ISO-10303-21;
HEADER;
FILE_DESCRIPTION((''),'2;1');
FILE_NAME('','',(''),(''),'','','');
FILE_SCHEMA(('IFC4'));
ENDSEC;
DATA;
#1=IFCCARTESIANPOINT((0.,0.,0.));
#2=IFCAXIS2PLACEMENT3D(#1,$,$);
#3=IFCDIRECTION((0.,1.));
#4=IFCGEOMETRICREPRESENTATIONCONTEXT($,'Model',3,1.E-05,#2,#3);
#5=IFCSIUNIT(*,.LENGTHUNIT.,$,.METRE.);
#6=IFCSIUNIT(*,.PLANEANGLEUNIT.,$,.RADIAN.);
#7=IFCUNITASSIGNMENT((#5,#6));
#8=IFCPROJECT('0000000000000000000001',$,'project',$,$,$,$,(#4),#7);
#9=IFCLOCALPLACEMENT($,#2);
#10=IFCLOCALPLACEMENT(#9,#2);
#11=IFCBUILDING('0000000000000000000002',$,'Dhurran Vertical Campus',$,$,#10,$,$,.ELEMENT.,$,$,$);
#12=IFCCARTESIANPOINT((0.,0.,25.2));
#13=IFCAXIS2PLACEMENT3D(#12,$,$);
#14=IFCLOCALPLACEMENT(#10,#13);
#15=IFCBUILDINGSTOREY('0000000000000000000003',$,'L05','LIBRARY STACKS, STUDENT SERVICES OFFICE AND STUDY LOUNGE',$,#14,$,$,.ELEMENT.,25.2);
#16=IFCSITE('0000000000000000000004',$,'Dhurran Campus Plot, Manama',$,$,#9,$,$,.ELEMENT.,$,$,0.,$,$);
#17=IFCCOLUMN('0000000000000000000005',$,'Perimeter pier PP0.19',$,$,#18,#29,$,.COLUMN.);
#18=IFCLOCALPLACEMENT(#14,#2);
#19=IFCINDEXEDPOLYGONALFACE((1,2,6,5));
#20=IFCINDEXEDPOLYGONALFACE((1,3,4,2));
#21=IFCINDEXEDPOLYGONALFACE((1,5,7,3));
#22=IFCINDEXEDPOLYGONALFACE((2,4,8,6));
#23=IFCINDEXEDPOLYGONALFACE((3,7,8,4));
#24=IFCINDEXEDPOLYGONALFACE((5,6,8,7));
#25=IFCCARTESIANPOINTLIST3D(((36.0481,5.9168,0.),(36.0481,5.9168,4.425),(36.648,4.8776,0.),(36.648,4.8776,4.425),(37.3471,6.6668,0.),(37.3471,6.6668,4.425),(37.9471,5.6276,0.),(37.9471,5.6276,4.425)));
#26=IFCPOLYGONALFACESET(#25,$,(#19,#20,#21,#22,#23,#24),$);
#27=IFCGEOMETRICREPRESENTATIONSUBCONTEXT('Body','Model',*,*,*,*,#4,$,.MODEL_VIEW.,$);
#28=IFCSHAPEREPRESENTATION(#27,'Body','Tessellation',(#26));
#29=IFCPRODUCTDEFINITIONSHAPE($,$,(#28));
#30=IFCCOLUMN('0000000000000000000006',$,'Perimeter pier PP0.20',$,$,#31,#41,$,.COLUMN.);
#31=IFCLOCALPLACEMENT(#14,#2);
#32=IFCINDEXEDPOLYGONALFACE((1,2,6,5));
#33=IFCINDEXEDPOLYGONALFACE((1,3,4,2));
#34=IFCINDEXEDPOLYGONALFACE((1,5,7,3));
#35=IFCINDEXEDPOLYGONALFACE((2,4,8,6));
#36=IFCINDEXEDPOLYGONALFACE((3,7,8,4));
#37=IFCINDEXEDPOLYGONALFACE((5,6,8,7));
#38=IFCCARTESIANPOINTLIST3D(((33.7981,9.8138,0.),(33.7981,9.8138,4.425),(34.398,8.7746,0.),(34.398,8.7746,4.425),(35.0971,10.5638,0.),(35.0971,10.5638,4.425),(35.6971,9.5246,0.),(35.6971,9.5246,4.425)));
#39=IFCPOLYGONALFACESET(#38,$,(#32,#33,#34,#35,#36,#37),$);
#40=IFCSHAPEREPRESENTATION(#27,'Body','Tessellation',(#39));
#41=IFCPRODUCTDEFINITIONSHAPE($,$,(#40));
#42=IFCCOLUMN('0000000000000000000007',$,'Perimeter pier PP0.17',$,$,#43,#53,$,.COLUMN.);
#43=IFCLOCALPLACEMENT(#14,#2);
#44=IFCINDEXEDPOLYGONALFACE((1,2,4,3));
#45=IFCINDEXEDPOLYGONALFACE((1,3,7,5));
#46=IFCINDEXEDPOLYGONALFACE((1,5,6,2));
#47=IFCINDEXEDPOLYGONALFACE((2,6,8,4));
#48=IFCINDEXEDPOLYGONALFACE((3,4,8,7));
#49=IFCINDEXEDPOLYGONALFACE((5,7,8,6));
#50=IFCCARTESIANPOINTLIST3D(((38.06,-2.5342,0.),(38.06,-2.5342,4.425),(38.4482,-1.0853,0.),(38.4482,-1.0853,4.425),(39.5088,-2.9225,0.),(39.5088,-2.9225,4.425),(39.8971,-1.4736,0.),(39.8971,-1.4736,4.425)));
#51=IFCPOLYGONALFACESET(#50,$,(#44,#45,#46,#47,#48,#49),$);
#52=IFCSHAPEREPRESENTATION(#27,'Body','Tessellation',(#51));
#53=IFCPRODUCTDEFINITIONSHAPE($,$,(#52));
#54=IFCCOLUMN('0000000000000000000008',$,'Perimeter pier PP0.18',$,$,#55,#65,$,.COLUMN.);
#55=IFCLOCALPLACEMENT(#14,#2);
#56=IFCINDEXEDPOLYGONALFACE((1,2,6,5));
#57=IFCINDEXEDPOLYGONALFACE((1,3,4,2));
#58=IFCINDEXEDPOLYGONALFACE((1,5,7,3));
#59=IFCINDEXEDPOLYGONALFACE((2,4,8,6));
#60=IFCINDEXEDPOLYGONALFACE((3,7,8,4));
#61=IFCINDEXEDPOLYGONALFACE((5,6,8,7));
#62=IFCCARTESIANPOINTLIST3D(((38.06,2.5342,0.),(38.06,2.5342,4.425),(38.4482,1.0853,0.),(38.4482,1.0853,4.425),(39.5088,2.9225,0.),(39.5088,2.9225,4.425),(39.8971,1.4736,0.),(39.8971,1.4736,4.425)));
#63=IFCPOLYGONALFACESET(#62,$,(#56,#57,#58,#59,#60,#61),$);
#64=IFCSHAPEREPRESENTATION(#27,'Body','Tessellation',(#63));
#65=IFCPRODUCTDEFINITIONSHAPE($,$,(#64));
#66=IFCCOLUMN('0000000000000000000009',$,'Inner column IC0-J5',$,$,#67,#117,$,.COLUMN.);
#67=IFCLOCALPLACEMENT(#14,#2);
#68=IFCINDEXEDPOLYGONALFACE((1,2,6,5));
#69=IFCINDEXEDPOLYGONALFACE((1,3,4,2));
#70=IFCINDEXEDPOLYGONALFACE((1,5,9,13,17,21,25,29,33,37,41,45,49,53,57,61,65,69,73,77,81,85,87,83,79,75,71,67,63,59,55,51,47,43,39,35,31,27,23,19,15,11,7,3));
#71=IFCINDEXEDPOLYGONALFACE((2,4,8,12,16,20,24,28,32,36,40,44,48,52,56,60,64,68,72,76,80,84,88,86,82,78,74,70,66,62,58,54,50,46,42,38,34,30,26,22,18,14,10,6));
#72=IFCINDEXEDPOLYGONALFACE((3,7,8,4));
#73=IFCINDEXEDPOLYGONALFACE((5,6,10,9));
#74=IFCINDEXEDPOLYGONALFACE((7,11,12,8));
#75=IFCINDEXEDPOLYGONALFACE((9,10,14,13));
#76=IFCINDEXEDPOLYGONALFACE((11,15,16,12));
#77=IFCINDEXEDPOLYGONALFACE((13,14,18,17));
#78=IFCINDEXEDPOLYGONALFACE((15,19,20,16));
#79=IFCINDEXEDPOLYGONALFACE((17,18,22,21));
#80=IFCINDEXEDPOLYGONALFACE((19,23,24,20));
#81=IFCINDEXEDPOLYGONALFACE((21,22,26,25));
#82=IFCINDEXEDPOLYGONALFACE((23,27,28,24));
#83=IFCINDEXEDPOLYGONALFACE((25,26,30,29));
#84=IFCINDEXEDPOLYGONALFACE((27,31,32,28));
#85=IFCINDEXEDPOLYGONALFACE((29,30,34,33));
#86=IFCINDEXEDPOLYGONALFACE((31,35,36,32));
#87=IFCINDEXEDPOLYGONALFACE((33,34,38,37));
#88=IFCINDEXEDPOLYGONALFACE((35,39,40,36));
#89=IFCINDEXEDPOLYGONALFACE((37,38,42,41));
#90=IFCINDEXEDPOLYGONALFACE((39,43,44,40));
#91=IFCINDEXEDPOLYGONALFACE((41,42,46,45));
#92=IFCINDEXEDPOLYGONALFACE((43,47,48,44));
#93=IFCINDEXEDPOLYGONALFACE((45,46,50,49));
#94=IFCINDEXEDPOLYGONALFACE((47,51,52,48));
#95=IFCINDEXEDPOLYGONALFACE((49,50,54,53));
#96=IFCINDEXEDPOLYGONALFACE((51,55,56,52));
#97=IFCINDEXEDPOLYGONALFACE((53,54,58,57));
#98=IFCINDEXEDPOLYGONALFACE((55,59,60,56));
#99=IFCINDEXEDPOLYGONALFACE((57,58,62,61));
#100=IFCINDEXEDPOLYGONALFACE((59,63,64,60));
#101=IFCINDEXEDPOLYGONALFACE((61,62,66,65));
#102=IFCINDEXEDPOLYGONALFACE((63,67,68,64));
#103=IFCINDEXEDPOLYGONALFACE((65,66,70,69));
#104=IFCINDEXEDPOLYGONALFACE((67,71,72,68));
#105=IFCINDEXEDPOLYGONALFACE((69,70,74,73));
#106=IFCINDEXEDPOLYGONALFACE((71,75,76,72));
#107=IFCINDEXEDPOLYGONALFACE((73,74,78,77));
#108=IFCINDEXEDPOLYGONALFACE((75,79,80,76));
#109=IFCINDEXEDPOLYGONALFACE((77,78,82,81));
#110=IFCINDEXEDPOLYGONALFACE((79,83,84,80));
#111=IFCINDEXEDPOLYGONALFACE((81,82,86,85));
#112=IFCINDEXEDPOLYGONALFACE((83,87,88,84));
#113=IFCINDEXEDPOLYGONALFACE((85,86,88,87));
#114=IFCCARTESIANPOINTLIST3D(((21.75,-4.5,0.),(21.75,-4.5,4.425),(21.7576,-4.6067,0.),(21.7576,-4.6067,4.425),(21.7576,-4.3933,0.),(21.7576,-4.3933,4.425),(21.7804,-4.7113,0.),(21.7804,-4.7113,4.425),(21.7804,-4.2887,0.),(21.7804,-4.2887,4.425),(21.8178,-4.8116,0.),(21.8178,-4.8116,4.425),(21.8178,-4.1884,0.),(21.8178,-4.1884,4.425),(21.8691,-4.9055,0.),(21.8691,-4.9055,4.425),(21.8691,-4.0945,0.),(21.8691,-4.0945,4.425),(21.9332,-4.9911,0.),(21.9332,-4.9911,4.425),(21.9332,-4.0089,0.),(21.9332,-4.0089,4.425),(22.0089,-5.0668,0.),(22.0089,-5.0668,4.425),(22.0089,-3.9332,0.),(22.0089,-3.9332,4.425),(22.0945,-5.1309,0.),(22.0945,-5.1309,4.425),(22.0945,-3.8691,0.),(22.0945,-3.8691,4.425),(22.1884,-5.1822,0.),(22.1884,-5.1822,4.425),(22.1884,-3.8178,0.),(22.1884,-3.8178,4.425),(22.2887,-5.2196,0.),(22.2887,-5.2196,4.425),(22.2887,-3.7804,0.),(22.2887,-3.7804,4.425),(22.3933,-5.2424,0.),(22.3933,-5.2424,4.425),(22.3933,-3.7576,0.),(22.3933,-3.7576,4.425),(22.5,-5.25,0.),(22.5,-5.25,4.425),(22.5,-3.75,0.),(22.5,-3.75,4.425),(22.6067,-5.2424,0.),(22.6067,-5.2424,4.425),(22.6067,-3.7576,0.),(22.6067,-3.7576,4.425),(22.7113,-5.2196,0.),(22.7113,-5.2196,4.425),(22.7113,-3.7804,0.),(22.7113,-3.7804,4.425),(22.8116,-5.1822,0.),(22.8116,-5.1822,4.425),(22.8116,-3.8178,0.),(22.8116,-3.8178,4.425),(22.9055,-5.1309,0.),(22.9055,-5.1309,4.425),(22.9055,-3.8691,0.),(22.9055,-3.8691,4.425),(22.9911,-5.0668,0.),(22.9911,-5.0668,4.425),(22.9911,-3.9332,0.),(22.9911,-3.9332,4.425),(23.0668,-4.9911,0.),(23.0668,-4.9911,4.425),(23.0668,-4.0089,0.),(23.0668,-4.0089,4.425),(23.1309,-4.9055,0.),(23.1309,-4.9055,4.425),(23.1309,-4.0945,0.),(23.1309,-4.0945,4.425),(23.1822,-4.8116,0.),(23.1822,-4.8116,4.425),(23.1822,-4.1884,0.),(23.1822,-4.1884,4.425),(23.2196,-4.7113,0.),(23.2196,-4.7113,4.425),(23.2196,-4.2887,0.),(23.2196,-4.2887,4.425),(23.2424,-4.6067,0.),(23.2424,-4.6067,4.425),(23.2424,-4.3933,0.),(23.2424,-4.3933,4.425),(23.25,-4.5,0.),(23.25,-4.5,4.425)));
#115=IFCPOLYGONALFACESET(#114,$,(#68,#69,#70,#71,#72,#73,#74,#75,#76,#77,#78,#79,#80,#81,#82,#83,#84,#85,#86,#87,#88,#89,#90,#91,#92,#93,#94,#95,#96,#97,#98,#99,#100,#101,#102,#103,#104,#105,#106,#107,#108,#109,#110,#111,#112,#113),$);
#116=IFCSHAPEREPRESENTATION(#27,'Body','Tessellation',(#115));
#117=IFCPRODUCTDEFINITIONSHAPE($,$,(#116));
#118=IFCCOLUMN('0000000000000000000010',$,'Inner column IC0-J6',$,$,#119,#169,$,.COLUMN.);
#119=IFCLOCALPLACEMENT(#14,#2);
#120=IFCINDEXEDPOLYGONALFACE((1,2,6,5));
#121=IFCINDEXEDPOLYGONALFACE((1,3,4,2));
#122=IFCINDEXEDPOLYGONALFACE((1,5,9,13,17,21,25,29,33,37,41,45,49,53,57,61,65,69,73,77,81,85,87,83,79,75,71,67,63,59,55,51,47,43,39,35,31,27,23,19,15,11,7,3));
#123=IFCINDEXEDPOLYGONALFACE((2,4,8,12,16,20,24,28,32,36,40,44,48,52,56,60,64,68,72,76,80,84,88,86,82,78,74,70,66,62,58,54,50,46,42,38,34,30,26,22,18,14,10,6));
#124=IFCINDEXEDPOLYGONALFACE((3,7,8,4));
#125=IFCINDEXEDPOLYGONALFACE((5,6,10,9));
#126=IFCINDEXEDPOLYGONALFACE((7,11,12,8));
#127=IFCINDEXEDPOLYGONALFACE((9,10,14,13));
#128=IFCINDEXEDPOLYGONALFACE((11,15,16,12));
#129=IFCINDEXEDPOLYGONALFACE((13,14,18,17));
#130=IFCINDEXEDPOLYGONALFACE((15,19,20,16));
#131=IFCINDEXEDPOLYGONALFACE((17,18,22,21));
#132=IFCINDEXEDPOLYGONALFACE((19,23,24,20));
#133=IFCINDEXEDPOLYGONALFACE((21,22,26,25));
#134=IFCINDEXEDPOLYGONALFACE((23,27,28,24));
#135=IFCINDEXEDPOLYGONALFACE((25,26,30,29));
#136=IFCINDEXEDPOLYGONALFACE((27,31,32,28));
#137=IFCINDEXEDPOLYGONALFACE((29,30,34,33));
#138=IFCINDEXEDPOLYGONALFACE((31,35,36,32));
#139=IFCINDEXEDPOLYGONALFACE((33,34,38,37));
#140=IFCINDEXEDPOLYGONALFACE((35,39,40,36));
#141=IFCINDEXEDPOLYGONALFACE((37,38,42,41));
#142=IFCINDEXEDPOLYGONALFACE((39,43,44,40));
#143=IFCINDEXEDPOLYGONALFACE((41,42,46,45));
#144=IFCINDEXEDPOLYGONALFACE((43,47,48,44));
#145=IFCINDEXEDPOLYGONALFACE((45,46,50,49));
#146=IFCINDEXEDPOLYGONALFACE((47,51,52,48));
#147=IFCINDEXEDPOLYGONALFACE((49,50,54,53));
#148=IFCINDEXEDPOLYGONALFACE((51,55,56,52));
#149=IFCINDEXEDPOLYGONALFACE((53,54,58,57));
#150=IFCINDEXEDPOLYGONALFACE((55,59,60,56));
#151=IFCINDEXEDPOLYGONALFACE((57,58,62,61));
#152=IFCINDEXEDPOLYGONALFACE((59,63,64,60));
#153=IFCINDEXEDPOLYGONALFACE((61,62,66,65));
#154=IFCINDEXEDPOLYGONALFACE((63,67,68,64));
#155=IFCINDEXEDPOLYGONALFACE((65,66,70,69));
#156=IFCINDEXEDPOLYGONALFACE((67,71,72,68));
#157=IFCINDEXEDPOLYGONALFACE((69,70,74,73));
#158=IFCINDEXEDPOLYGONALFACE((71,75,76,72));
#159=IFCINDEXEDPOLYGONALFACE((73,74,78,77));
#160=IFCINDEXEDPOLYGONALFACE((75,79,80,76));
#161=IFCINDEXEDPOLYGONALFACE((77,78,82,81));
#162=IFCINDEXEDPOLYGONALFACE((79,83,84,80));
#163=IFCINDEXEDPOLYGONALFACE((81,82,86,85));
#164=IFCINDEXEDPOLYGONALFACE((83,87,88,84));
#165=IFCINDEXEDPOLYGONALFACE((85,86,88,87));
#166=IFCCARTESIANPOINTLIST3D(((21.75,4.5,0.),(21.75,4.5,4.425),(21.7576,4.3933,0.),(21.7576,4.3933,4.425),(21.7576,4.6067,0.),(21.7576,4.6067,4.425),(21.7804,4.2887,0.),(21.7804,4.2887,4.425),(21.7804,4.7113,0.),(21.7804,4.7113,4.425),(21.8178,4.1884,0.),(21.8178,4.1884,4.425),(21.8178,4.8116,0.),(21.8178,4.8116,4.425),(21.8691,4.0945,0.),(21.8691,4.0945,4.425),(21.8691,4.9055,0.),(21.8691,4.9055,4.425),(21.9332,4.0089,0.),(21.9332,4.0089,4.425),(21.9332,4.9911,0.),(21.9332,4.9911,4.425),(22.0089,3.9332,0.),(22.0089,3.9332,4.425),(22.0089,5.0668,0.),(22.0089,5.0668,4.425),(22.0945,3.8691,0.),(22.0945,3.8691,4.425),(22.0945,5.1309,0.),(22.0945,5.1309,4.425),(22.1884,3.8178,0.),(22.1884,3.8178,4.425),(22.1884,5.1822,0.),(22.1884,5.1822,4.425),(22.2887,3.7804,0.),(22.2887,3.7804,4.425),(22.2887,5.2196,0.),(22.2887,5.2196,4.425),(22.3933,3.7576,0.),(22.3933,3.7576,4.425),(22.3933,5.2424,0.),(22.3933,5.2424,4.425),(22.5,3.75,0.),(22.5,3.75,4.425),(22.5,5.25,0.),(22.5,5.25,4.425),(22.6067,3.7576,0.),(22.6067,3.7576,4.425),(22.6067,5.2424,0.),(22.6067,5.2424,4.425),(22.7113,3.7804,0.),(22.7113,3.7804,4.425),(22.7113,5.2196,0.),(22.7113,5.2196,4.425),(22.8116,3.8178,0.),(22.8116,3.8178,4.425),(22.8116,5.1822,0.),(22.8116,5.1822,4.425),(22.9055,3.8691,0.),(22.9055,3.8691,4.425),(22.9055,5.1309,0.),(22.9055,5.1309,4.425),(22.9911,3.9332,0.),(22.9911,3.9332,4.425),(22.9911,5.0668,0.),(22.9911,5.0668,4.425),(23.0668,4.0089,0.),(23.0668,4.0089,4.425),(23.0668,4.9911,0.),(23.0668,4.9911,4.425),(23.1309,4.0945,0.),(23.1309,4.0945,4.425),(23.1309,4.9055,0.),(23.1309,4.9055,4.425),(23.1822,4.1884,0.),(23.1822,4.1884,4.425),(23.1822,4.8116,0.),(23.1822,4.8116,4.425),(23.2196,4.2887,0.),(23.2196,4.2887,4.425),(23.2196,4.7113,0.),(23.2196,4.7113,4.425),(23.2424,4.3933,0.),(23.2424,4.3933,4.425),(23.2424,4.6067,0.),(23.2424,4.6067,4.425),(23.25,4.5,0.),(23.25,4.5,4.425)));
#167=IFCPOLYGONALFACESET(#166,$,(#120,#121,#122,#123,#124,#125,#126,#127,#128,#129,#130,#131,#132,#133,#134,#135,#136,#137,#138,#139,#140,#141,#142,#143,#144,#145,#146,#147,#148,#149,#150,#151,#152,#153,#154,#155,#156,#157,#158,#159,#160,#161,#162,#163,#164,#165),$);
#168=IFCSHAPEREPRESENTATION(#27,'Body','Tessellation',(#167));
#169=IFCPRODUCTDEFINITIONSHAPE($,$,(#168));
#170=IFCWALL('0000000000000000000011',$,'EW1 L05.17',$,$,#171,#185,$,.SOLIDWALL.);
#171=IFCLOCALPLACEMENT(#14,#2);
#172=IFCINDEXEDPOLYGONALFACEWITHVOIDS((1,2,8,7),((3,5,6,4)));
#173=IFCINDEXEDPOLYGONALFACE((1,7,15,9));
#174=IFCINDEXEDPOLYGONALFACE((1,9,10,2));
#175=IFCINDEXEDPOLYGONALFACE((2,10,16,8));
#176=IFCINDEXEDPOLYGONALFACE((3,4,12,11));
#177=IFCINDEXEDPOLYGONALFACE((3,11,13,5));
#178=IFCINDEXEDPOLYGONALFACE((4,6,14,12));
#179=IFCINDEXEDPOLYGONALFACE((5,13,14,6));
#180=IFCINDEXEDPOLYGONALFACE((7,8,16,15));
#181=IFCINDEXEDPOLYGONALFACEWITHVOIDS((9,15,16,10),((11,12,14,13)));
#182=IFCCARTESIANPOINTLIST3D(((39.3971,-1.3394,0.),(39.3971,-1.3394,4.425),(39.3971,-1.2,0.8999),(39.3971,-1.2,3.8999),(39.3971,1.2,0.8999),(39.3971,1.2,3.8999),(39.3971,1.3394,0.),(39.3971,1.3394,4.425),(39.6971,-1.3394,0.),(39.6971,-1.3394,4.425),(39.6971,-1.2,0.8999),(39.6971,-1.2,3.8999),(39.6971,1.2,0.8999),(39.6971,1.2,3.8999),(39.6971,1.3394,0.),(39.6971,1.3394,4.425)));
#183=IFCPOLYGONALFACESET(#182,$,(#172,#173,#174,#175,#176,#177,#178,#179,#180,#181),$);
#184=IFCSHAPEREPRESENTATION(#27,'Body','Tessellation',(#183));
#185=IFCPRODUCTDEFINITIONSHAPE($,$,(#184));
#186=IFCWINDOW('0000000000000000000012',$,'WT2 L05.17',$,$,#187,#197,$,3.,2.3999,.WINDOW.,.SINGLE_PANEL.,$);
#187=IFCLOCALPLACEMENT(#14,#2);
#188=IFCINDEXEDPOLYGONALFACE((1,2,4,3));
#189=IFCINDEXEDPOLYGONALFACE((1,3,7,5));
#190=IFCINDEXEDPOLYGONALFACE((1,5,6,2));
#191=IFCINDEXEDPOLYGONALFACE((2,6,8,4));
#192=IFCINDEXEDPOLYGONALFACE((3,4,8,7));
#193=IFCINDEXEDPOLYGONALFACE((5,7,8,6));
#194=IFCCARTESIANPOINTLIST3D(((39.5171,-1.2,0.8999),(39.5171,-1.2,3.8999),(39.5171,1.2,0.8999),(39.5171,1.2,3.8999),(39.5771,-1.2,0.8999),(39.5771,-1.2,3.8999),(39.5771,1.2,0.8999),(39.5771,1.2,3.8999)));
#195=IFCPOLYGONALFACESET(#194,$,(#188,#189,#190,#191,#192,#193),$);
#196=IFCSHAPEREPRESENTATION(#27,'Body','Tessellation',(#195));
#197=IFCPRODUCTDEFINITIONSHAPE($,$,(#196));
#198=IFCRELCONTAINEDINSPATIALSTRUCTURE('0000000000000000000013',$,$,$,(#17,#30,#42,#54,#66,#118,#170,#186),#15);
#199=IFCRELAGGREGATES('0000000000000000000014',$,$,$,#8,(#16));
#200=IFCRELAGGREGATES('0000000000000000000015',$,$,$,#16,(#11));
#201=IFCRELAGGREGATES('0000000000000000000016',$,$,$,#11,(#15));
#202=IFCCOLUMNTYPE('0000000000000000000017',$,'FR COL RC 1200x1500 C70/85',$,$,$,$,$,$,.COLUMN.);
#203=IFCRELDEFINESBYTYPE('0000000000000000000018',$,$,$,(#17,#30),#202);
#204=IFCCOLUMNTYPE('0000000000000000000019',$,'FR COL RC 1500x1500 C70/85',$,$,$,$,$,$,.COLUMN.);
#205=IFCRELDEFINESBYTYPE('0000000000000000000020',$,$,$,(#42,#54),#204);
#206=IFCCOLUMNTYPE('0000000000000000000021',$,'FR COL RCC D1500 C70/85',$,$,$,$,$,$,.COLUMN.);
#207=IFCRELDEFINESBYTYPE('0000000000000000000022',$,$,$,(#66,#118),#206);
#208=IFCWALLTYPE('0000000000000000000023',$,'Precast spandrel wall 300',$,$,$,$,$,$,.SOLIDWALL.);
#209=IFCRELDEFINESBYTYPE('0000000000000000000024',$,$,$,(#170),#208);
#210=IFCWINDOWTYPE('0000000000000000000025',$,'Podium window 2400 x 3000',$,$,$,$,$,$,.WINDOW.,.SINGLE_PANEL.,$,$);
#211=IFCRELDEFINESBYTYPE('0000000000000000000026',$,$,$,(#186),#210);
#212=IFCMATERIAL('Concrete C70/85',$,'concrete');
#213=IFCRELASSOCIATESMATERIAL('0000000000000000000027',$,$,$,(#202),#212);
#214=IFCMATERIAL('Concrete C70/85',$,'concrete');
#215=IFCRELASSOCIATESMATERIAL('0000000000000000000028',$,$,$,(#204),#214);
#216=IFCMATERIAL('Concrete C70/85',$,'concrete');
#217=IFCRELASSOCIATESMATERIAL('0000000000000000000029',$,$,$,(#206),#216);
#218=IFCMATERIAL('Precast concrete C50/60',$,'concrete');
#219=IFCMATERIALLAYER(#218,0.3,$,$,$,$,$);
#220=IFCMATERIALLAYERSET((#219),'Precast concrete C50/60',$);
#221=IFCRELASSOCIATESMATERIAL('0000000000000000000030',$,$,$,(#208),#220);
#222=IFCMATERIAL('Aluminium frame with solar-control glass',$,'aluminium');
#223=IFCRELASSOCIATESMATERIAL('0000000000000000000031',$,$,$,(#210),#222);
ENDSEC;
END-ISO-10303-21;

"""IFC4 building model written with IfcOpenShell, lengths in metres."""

from ifc_helpers import new_model, si_unit, direction, frame, frame_2d, origin, origin_2d, place, context, subcontext, project, spatial, rectangle, circle, extrude, material, layer, layer_set, material_profile, profile_set, type_object, element, fill, save


model = new_model("IFC4")

# Units and contexts
model_context = context("Model", 3, precision=1e-05, world=origin(), true_north=direction((0.0, 1.0)))
body_context = subcontext(model_context, "Body", "Model", "MODEL_VIEW")
ifc_project = project(units=[si_unit("LENGTHUNIT", "METRE"), si_unit("PLANEANGLEUNIT", "RADIAN")], contexts=[model_context])

# Site, building, storey
site_placement = place(None, origin())
site = spatial("IfcSite", under=ifc_project, at=site_placement, Name="Dhurran Campus Plot, Manama", CompositionType="ELEMENT", RefElevation=0.0)
building_placement = place(site_placement, origin())
building = spatial("IfcBuilding", under=site, at=building_placement, Name="Dhurran Vertical Campus", CompositionType="ELEMENT")
storey_placement = place(building_placement, frame((0.0, 0.0, 25.2)))
storey = spatial("IfcBuildingStorey", under=building, at=storey_placement, Name="L05", Description="LIBRARY STACKS, STUDENT SERVICES OFFICE AND STUDY LOUNGE", CompositionType="ELEMENT", Elevation=25.2)

# Columns
ifc_material_1 = material(Name="Concrete C70/85", Category="concrete")
ifc_material_profile_1 = material_profile(ifc_material_1, rectangle(XDim=1.2, YDim=1.5, at=origin_2d()), Name="RC 1200x1500")
ifc_profile_set_1 = profile_set([ifc_material_profile_1], Name="Concrete C70/85")
column_type_1 = type_object("IfcColumnType", Name="FR COL RC 1200x1500 C70/85", PredefinedType="COLUMN", material=ifc_profile_set_1)
for number, where, z_axis, x_axis, name in (
    (1, (36.9976, 5.7722, 0.0), (0.0, 0.0, 1.0), (-0.5, 0.866025, 0.0), "Perimeter pier PP0.19"),
    (2, (34.7476, 9.6692, 0.0), (0.0, 0.0, 1.0), (-0.5, 0.866025, 0.0), "Perimeter pier PP0.20"),
):
    element("IfcColumn", number, at=place(storey_placement, frame(where, z_axis=z_axis, x_axis=x_axis)), inside=storey, type_object=column_type_1, Name=name, PredefinedType="COLUMN", context=body_context, shape_type="SweptSolid", body=[
        extrude(rectangle(XDim=1.2, YDim=1.5, at=origin_2d()), origin(), (0.0, 0.0, 1.0), 4.425),
    ])
ifc_material_2 = material(Name="Concrete C70/85", Category="concrete")
ifc_material_profile_2 = material_profile(ifc_material_2, rectangle(XDim=1.5, YDim=1.5, at=origin_2d()), Name="RC 1500x1500")
ifc_profile_set_2 = profile_set([ifc_material_profile_2], Name="Concrete C70/85")
column_type_2 = type_object("IfcColumnType", Name="FR COL RC 1500x1500 C70/85", PredefinedType="COLUMN", material=ifc_profile_set_2)
for number, where, z_axis, x_axis, name in (
    (3, (38.9785, -2.0039, 0.0), (0.0, 0.0, 1.0), (0.258819, 0.965926, 0.0), "Perimeter pier PP0.17"),
    (4, (38.9785, 2.0039, 0.0), (0.0, 0.0, 1.0), (-0.258819, 0.965926, 0.0), "Perimeter pier PP0.18"),
):
    element("IfcColumn", number, at=place(storey_placement, frame(where, z_axis=z_axis, x_axis=x_axis)), inside=storey, type_object=column_type_2, Name=name, PredefinedType="COLUMN", context=body_context, shape_type="SweptSolid", body=[
        extrude(rectangle(XDim=1.5, YDim=1.5, at=origin_2d()), origin(), (0.0, 0.0, 1.0), 4.425),
    ])
ifc_material_3 = material(Name="Concrete C70/85", Category="concrete")
ifc_material_profile_3 = material_profile(ifc_material_3, circle(Radius=0.75, at=origin_2d()), Name="RCC D1500")
ifc_profile_set_3 = profile_set([ifc_material_profile_3], Name="Concrete C70/85")
column_type_3 = type_object("IfcColumnType", Name="FR COL RCC D1500 C70/85", PredefinedType="COLUMN", material=ifc_profile_set_3)
for number, where, z_axis, x_axis, name in (
    (5, (22.5, -4.5, 0.0), (0.0, 0.0, 1.0), (1.0, 0.0, 0.0), "Inner column IC0-J5"),
    (6, (22.5, 4.5, 0.0), (0.0, 0.0, 1.0), (1.0, 0.0, 0.0), "Inner column IC0-J6"),
):
    element("IfcColumn", number, at=place(storey_placement, frame(where, z_axis=z_axis, x_axis=x_axis)), inside=storey, type_object=column_type_3, Name=name, PredefinedType="COLUMN", context=body_context, shape_type="SweptSolid", body=[
        extrude(circle(Radius=0.75, at=origin_2d()), origin(), (0.0, 0.0, 1.0), 4.425),
    ])

# Wall, opening, window
ifc_material_4 = material(Name="Precast concrete C50/60", Category="concrete")
ifc_layer_1 = layer(ifc_material_4, 0.3)
ifc_layer_set_1 = layer_set([ifc_layer_1], Name="Precast concrete C50/60")
wall_type_1 = type_object("IfcWallType", Name="Precast spandrel wall 300", PredefinedType="SOLIDWALL", material=ifc_layer_set_1)
wall_1_placement = place(storey_placement, frame((39.5471, -1.3394, 0.0), z_axis=(0.0, 0.0, 1.0), x_axis=(0.0, 1.0, 0.0)))
wall_1 = element("IfcWall", 7, at=wall_1_placement, inside=storey, type_object=wall_type_1, Name="EW1 L05.17", PredefinedType="SOLIDWALL", context=body_context, shape_type="SweptSolid", body=[
    extrude(rectangle(XDim=2.6787, YDim=0.3, at=frame_2d((1.3394, 0.0))), origin(), (0.0, 0.0, 1.0), 4.425),
])
opening_1_placement = place(wall_1_placement, frame((0.1394, 0.0, 0.8999)))
opening_1 = element("IfcOpeningElement", 8, at=opening_1_placement, cuts=wall_1, PredefinedType="OPENING", context=body_context, shape_type="SweptSolid", body=[
    extrude(rectangle(XDim=2.3999, YDim=3.0, at=frame_2d((1.2, 1.5))), frame((0.0, 0.1599, 0.0), z_axis=(0.0, -1.0, 0.0), x_axis=(1.0, 0.0, 0.0)), (0.0, 0.0, 1.0), 0.3201),
])
ifc_material_5 = material(Name="Aluminium frame with solar-control glass", Category="aluminium")
window_type = type_object("IfcWindowType", Name="Podium window 2400 x 3000", PartitioningType="SINGLE_PANEL", PredefinedType="WINDOW", material=ifc_material_5)
window_1_placement = place(opening_1_placement, origin())
window_1 = element("IfcWindow", 9, at=window_1_placement, inside=storey, type_object=window_type, Name="WT2 L05.17", OverallHeight=3.0, OverallWidth=2.3999, PartitioningType="SINGLE_PANEL", PredefinedType="WINDOW", context=body_context, shape_type="SweptSolid", body=[
    extrude(rectangle(XDim=2.3999, YDim=3.0, at=frame_2d((1.2, 1.5))), frame((0.0, 0.03, 0.0), z_axis=(0.0, -1.0, 0.0), x_axis=(1.0, 0.0, 0.0)), (0.0, 0.0, 1.0), 0.0601),
])
fill(opening_1, window_1)

save(model, "model.ifc")
